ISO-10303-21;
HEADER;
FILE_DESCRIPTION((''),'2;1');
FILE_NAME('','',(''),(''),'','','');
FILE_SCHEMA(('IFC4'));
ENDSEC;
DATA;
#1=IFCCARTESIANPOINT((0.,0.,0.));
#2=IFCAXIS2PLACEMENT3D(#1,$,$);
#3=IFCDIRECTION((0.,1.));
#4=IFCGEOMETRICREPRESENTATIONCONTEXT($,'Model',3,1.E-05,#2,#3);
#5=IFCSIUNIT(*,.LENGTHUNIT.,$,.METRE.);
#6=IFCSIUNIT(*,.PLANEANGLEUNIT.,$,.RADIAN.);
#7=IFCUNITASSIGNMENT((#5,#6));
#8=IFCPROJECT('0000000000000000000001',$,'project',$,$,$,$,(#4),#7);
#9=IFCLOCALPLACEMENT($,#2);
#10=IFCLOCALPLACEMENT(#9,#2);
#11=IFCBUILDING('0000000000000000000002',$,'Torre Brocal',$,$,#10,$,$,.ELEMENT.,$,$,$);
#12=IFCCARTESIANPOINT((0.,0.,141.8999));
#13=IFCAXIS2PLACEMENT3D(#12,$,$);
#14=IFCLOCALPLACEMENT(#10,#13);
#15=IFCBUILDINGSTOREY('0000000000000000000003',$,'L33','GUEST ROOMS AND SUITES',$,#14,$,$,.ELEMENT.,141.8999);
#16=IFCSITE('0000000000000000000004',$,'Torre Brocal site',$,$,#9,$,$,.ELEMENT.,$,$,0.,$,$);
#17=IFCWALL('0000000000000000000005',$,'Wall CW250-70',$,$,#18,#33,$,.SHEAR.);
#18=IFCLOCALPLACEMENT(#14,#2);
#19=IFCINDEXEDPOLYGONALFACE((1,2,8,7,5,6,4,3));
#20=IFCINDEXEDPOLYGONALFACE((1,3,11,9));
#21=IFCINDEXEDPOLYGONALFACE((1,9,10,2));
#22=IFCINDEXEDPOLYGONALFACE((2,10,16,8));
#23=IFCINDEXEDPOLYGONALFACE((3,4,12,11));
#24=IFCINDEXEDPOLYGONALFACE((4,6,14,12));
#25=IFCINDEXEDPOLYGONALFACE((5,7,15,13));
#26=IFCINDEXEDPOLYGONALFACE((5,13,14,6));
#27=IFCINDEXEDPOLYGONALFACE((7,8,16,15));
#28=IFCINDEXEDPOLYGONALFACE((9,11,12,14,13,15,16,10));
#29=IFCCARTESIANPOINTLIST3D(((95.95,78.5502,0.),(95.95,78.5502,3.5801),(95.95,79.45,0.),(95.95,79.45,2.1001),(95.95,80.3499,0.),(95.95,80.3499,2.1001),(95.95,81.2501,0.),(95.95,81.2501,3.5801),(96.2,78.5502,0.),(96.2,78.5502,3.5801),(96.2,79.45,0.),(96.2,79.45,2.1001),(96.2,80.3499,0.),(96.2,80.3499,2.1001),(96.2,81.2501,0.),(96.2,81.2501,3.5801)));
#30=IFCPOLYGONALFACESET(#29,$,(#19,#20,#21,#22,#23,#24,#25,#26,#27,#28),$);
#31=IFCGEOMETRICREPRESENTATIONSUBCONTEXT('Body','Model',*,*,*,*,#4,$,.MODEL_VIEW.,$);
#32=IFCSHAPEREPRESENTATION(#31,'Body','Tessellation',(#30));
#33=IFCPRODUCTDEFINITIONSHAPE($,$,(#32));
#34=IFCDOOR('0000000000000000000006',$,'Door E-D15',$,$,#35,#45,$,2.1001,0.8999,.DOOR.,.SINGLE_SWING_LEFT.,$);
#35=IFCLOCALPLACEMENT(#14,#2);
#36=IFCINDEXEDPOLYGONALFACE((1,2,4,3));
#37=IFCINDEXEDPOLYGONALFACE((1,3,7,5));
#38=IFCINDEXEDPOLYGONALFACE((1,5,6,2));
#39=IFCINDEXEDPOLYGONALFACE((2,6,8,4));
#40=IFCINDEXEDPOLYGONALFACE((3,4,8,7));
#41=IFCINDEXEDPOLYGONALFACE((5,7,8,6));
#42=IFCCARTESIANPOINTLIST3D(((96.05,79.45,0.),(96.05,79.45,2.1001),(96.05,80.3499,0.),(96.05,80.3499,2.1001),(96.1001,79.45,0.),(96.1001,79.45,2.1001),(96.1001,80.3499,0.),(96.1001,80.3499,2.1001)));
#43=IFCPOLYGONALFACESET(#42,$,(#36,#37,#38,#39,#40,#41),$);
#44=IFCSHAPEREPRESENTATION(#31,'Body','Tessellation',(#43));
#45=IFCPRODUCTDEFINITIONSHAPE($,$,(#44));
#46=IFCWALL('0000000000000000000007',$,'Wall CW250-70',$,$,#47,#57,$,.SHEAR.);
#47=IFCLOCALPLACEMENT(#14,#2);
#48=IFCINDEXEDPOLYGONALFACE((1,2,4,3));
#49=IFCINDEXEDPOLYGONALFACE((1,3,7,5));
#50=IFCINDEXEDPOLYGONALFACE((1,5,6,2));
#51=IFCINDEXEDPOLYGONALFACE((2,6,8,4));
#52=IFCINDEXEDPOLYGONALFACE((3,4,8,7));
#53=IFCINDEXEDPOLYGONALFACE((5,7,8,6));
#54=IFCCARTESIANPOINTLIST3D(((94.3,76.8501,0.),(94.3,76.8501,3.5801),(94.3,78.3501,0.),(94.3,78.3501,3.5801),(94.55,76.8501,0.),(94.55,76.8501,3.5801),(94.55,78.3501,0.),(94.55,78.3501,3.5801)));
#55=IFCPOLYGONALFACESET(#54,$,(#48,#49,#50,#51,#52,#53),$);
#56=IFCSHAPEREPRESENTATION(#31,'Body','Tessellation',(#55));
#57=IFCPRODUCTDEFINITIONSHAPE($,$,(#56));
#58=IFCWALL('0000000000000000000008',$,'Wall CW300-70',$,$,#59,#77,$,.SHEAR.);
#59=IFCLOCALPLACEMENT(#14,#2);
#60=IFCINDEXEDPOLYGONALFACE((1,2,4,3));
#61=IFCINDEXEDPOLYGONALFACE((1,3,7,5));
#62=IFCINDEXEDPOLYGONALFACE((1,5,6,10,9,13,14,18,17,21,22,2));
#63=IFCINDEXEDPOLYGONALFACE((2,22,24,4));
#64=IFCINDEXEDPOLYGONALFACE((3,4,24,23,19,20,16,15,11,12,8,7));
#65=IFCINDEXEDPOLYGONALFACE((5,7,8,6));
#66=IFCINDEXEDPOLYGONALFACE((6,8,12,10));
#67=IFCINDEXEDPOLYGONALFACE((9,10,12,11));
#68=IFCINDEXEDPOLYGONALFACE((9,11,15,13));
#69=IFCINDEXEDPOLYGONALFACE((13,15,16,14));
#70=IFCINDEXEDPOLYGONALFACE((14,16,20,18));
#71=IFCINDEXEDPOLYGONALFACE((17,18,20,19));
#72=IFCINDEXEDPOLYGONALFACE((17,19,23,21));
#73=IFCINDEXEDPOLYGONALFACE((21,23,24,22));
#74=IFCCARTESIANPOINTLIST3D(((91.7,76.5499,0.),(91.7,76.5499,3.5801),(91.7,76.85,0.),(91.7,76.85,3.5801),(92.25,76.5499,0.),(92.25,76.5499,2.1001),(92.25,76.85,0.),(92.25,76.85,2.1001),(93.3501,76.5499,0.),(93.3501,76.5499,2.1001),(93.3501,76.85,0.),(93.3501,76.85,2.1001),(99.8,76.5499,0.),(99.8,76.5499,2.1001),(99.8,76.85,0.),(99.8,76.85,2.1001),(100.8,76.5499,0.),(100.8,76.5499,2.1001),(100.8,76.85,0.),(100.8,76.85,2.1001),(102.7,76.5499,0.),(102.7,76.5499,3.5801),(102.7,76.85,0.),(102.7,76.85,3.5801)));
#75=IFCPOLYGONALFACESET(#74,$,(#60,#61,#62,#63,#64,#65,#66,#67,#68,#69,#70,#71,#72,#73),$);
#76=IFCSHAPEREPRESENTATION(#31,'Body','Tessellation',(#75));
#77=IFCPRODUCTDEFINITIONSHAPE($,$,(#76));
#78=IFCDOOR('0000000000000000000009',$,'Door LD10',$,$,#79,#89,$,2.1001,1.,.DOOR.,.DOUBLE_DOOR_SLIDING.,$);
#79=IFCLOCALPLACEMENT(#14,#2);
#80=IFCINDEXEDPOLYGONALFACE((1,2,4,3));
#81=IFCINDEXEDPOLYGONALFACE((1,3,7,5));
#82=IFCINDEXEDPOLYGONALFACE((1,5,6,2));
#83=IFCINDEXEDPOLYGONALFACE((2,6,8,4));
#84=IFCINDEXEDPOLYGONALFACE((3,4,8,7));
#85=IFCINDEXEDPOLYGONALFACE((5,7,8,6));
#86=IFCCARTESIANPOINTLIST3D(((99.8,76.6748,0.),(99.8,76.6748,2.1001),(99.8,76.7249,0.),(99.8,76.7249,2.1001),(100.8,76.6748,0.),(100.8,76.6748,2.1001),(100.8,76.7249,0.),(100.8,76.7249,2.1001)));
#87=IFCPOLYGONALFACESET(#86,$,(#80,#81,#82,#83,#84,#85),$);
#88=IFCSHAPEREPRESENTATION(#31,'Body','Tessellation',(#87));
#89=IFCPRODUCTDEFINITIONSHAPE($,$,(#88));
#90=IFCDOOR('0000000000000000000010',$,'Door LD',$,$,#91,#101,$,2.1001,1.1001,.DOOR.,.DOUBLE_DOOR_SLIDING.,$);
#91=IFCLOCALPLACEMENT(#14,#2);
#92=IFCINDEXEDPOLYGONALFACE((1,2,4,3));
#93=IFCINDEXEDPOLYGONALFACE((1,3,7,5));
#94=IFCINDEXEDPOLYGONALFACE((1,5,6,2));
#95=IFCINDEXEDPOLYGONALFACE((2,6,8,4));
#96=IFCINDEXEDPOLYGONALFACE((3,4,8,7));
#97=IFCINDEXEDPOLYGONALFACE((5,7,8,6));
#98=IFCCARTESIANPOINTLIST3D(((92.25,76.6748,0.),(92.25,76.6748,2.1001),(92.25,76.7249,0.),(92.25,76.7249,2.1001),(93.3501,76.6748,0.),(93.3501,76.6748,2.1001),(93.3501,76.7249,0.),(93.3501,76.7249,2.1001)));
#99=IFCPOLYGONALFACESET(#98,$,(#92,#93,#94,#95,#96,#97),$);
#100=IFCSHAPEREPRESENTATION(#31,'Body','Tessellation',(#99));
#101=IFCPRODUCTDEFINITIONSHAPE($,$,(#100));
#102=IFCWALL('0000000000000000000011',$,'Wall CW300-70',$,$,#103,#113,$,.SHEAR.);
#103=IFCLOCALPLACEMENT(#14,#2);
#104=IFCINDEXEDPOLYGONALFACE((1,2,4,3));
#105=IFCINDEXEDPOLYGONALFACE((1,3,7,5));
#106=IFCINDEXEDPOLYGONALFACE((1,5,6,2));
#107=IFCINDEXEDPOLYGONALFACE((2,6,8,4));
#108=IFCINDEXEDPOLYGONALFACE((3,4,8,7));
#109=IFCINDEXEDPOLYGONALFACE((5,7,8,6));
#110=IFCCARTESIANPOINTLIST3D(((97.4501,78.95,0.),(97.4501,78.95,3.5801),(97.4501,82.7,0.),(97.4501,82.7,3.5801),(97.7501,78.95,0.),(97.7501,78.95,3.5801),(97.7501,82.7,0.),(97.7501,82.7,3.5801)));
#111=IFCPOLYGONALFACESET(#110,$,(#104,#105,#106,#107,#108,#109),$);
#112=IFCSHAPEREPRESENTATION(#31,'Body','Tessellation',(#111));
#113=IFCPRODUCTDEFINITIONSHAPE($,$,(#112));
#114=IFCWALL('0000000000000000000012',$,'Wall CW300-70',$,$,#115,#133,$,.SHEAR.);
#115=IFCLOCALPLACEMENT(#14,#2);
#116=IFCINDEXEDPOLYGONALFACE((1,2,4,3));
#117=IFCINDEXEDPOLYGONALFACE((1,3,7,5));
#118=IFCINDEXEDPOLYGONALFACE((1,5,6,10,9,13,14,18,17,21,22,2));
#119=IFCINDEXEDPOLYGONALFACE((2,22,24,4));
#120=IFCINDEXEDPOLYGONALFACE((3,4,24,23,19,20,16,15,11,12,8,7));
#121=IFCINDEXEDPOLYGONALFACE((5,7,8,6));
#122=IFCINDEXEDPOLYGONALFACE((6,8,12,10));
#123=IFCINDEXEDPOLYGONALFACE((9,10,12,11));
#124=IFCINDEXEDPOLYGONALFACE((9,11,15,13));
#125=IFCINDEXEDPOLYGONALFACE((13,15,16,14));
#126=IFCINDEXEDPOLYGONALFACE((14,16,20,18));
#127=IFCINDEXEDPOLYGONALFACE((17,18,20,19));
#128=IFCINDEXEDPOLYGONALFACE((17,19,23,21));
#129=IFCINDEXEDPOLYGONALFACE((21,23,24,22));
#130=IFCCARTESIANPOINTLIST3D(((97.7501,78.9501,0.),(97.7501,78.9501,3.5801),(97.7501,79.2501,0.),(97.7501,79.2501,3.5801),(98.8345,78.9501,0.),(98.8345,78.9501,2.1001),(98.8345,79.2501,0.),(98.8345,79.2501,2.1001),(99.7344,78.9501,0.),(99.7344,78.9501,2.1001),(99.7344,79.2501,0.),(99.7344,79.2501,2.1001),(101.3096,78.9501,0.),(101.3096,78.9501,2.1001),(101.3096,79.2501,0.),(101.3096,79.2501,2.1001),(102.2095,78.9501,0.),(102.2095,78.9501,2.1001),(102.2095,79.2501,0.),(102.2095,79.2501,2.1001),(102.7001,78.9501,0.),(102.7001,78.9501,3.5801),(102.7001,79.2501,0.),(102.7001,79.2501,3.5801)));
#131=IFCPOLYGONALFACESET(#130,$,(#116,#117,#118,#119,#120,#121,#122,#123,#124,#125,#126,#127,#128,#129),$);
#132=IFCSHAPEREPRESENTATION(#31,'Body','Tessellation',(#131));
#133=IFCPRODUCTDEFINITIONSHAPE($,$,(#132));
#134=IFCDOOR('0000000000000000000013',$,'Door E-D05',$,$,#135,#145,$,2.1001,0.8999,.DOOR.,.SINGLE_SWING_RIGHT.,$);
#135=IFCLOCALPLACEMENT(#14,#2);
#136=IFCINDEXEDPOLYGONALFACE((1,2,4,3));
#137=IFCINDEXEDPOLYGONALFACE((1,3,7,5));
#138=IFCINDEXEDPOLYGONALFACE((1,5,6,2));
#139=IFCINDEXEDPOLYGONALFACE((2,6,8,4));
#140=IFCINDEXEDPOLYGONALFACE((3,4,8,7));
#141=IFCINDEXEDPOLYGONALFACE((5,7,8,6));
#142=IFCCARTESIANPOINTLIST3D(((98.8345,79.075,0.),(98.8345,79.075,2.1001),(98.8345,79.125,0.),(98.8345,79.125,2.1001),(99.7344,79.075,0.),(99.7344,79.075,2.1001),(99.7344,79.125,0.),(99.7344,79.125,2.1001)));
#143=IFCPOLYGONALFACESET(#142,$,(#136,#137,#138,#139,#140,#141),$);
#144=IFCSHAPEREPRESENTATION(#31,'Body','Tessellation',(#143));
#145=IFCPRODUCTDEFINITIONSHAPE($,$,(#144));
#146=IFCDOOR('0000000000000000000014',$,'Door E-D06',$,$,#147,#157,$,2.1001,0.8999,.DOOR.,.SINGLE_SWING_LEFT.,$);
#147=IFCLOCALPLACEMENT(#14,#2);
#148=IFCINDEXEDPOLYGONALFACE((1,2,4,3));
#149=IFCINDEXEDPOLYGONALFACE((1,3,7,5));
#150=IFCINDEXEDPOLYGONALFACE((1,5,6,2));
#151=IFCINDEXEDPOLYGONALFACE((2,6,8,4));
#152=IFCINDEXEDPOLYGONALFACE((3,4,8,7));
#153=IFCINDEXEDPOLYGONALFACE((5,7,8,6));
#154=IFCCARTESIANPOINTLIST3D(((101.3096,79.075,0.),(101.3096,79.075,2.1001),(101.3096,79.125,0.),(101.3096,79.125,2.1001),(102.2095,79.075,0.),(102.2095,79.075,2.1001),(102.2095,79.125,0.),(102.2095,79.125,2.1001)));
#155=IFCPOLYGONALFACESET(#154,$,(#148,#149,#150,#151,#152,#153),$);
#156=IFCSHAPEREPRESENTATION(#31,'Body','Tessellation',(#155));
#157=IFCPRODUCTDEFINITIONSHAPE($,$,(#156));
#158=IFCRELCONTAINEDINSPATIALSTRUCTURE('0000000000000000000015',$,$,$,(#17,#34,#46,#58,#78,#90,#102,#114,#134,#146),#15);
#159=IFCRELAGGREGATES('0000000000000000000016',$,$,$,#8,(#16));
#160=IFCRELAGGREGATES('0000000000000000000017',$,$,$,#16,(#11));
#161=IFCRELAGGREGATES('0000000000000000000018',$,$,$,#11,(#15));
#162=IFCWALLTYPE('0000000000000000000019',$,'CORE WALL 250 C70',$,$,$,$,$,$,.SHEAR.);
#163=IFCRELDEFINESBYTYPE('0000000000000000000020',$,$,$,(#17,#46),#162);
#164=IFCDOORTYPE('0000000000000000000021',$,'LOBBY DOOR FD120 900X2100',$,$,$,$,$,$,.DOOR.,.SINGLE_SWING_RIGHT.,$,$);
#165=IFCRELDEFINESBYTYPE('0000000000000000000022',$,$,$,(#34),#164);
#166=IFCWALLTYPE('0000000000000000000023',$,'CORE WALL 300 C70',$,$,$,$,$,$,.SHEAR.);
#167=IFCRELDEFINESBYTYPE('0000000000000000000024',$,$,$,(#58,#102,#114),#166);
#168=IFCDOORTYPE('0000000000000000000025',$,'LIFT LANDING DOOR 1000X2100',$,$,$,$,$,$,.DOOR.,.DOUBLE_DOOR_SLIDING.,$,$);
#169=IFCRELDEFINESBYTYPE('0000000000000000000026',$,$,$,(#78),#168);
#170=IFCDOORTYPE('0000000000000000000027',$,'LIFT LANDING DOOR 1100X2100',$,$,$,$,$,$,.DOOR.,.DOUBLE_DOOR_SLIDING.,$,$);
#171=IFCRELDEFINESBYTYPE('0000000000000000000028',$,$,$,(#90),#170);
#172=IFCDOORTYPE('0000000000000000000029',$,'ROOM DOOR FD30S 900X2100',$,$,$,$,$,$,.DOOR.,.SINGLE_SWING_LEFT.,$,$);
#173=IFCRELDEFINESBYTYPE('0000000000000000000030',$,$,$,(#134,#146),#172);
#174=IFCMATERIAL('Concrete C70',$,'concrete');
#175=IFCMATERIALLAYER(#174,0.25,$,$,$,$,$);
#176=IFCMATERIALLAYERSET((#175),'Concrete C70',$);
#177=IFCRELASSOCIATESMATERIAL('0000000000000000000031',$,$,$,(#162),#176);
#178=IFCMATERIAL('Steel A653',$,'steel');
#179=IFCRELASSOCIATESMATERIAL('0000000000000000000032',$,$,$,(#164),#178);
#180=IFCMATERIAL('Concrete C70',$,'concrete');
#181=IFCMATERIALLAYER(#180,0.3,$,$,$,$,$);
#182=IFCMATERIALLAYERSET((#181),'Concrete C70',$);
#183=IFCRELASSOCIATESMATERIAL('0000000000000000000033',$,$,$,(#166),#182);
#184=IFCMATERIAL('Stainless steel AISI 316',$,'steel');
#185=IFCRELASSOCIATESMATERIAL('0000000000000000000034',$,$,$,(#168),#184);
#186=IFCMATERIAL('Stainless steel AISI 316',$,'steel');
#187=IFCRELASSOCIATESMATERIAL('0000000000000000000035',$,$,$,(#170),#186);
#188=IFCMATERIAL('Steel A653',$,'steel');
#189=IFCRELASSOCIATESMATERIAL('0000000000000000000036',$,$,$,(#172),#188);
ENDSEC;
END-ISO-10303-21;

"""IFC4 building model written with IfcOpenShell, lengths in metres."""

from ifc_helpers import new_model, si_unit, direction, frame, frame_2d, origin, place, context, subcontext, project, spatial, rectangle, extrude, material, layer, layer_set, type_object, element, fill, save


model = new_model("IFC4")

# Units and contexts
model_context = context("Model", 3, precision=1e-05, world=origin(), true_north=direction((0.0, 1.0)))
body_context = subcontext(model_context, "Body", "Model", "MODEL_VIEW")
ifc_project = project(units=[si_unit("LENGTHUNIT", "METRE"), si_unit("PLANEANGLEUNIT", "RADIAN")], contexts=[model_context])

# Site, building, storey
site_placement = place(None, origin())
site = spatial("IfcSite", under=ifc_project, at=site_placement, Name="Torre Brocal site", CompositionType="ELEMENT", RefElevation=0.0)
building_placement = place(site_placement, origin())
building = spatial("IfcBuilding", under=site, at=building_placement, Name="Torre Brocal", CompositionType="ELEMENT")
storey_placement = place(building_placement, frame((0.0, 0.0, 141.8999)))
storey = spatial("IfcBuildingStorey", under=building, at=storey_placement, Name="L33", Description="GUEST ROOMS AND SUITES", CompositionType="ELEMENT", Elevation=141.8999)

# Wall, opening, door
ifc_material_1 = material(Name="Concrete C70", Category="concrete")
ifc_layer_1 = layer(ifc_material_1, 0.25)
ifc_layer_set_1 = layer_set([ifc_layer_1], Name="Concrete C70")
wall_type_1 = type_object("IfcWallType", Name="CORE WALL 250 C70", PredefinedType="SHEAR", material=ifc_layer_set_1)
wall_1_placement = place(storey_placement, frame((96.075, 78.55, 0.0), z_axis=(0.0, 0.0, 1.0), x_axis=(0.0, 1.0, 0.0)))
wall_1 = element("IfcWall", 1, at=wall_1_placement, inside=storey, type_object=wall_type_1, Name="Wall CW250-70", PredefinedType="SHEAR", context=body_context, shape_type="SweptSolid", body=[
    extrude(rectangle(XDim=2.7, YDim=0.25, at=frame_2d((1.3501, 0.0))), origin(), (0.0, 0.0, 1.0), 3.5801),
])
opening_1_placement = place(wall_1_placement, frame((0.8999, 0.0, 0.0)))
opening_1 = element("IfcOpeningElement", 2, at=opening_1_placement, cuts=wall_1, PredefinedType="OPENING", context=body_context, shape_type="SweptSolid", body=[
    extrude(rectangle(XDim=0.8999, YDim=2.1001, at=frame_2d((0.45, 1.05))), frame((0.0, 0.135, 0.0), z_axis=(0.0, -1.0, 0.0), x_axis=(1.0, 0.0, 0.0)), (0.0, 0.0, 1.0), 0.27),
])
ifc_material_2 = material(Name="Steel A653", Category="steel")
door_type_1 = type_object("IfcDoorType", Name="LOBBY DOOR FD120 900X2100", OperationType="SINGLE_SWING_RIGHT", PredefinedType="DOOR", material=ifc_material_2)
door_1_placement = place(opening_1_placement, origin())
door_1 = element("IfcDoor", 3, at=door_1_placement, inside=storey, type_object=door_type_1, Name="Door E-D15", OperationType="SINGLE_SWING_LEFT", OverallHeight=2.1001, OverallWidth=0.8999, PredefinedType="DOOR", context=body_context, shape_type="SweptSolid", body=[
    extrude(rectangle(XDim=0.8999, YDim=2.1001, at=frame_2d((0.45, 1.05))), frame((0.0, 0.0249, 0.0), z_axis=(0.0, -1.0, 0.0), x_axis=(1.0, 0.0, 0.0)), (0.0, 0.0, 1.0), 0.05),
])
fill(opening_1, door_1)

# Wall
wall_2_placement = place(storey_placement, frame((94.425, 76.8501, 0.0), z_axis=(0.0, 0.0, 1.0), x_axis=(0.0, 1.0, 0.0)))
element("IfcWall", 4, at=wall_2_placement, inside=storey, type_object=wall_type_1, Name="Wall CW250-70", PredefinedType="SHEAR", context=body_context, shape_type="SweptSolid", body=[
    extrude(rectangle(XDim=1.5, YDim=0.25, at=frame_2d((0.75, 0.0))), origin(), (0.0, 0.0, 1.0), 3.5801),
])

# Wall, openings, doors
ifc_material_3 = material(Name="Concrete C70", Category="concrete")
ifc_layer_2 = layer(ifc_material_3, 0.3)
ifc_layer_set_2 = layer_set([ifc_layer_2], Name="Concrete C70")
wall_type_2 = type_object("IfcWallType", Name="CORE WALL 300 C70", PredefinedType="SHEAR", material=ifc_layer_set_2)
wall_3_placement = place(storey_placement, frame((91.7, 76.7, 0.0), z_axis=(0.0, 0.0, 1.0), x_axis=(1.0, 0.0, 0.0)))
wall_3 = element("IfcWall", 5, at=wall_3_placement, inside=storey, type_object=wall_type_2, Name="Wall CW300-70", PredefinedType="SHEAR", context=body_context, shape_type="SweptSolid", body=[
    extrude(rectangle(XDim=11.0, YDim=0.3, at=frame_2d((5.5, 0.0))), origin(), (0.0, 0.0, 1.0), 3.5801),
])
opening_2_placement = place(wall_3_placement, frame((0.55, 0.0, 0.0)))
opening_2 = element("IfcOpeningElement", 6, at=opening_2_placement, cuts=wall_3, PredefinedType="OPENING", context=body_context, shape_type="SweptSolid", body=[
    extrude(rectangle(XDim=1.1001, YDim=2.1001, at=frame_2d((0.55, 1.05))), frame((0.0, 0.1599, 0.0), z_axis=(0.0, -1.0, 0.0), x_axis=(1.0, 0.0, 0.0)), (0.0, 0.0, 1.0), 0.3201),
])
opening_3_placement = place(wall_3_placement, frame((8.1001, 0.0, 0.0)))
opening_3 = element("IfcOpeningElement", 7, at=opening_3_placement, cuts=wall_3, PredefinedType="OPENING", context=body_context, shape_type="SweptSolid", body=[
    extrude(rectangle(XDim=1.0, YDim=2.1001, at=frame_2d((0.5, 1.05))), frame((0.0, 0.1599, 0.0), z_axis=(0.0, -1.0, 0.0), x_axis=(1.0, 0.0, 0.0)), (0.0, 0.0, 1.0), 0.3201),
])
ifc_material_4 = material(Name="Stainless steel AISI 316", Category="steel")
door_type_2 = type_object("IfcDoorType", Name="LIFT LANDING DOOR 1000X2100", OperationType="DOUBLE_DOOR_SLIDING", PredefinedType="DOOR", material=ifc_material_4)
door_2_placement = place(opening_3_placement, origin())
door_2 = element("IfcDoor", 8, at=door_2_placement, inside=storey, type_object=door_type_2, Name="Door LD10", OperationType="DOUBLE_DOOR_SLIDING", OverallHeight=2.1001, OverallWidth=1.0, PredefinedType="DOOR", context=body_context, shape_type="SweptSolid", body=[
    extrude(rectangle(XDim=1.0, YDim=2.1001, at=frame_2d((0.5, 1.05))), frame((0.0, 0.0249, 0.0), z_axis=(0.0, -1.0, 0.0), x_axis=(1.0, 0.0, 0.0)), (0.0, 0.0, 1.0), 0.05),
])
fill(opening_3, door_2)
ifc_material_5 = material(Name="Stainless steel AISI 316", Category="steel")
door_type_3 = type_object("IfcDoorType", Name="LIFT LANDING DOOR 1100X2100", OperationType="DOUBLE_DOOR_SLIDING", PredefinedType="DOOR", material=ifc_material_5)
door_3_placement = place(opening_2_placement, origin())
door_3 = element("IfcDoor", 9, at=door_3_placement, inside=storey, type_object=door_type_3, Name="Door LD", OperationType="DOUBLE_DOOR_SLIDING", OverallHeight=2.1001, OverallWidth=1.1001, PredefinedType="DOOR", context=body_context, shape_type="SweptSolid", body=[
    extrude(rectangle(XDim=1.1001, YDim=2.1001, at=frame_2d((0.55, 1.05))), frame((0.0, 0.0249, 0.0), z_axis=(0.0, -1.0, 0.0), x_axis=(1.0, 0.0, 0.0)), (0.0, 0.0, 1.0), 0.05),
])
fill(opening_2, door_3)

# Wall
wall_4_placement = place(storey_placement, frame((97.6001, 78.95, 0.0), z_axis=(0.0, 0.0, 1.0), x_axis=(0.0, 1.0, 0.0)))
element("IfcWall", 10, at=wall_4_placement, inside=storey, type_object=wall_type_2, Name="Wall CW300-70", PredefinedType="SHEAR", context=body_context, shape_type="SweptSolid", body=[
    extrude(rectangle(XDim=3.75, YDim=0.3, at=frame_2d((1.875, 0.0))), origin(), (0.0, 0.0, 1.0), 3.5801),
])

# Wall, openings, doors
wall_5_placement = place(storey_placement, frame((97.75, 79.1001, 0.0), z_axis=(0.0, 0.0, 1.0), x_axis=(1.0, 0.0, 0.0)))
wall_5 = element("IfcWall", 11, at=wall_5_placement, inside=storey, type_object=wall_type_2, Name="Wall CW300-70", PredefinedType="SHEAR", context=body_context, shape_type="SweptSolid", body=[
    extrude(rectangle(XDim=4.95, YDim=0.3, at=frame_2d((2.4751, 0.0))), origin(), (0.0, 0.0, 1.0), 3.5801),
])
opening_4_placement = place(wall_5_placement, frame((1.0845, 0.0, 0.0)))
opening_4 = element("IfcOpeningElement", 12, at=opening_4_placement, cuts=wall_5, PredefinedType="OPENING", context=body_context, shape_type="SweptSolid", body=[
    extrude(rectangle(XDim=0.8999, YDim=2.1001, at=frame_2d((0.45, 1.05))), frame((0.0, 0.1599, 0.0), z_axis=(0.0, -1.0, 0.0), x_axis=(1.0, 0.0, 0.0)), (0.0, 0.0, 1.0), 0.3201),
])
opening_5_placement = place(wall_5_placement, frame((3.5596, 0.0, 0.0)))
opening_5 = element("IfcOpeningElement", 13, at=opening_5_placement, cuts=wall_5, PredefinedType="OPENING", context=body_context, shape_type="SweptSolid", body=[
    extrude(rectangle(XDim=0.8999, YDim=2.1001, at=frame_2d((0.45, 1.05))), frame((0.0, 0.1599, 0.0), z_axis=(0.0, -1.0, 0.0), x_axis=(1.0, 0.0, 0.0)), (0.0, 0.0, 1.0), 0.3201),
])
ifc_material_6 = material(Name="Steel A653", Category="steel")
door_type_4 = type_object("IfcDoorType", Name="ROOM DOOR FD30S 900X2100", OperationType="SINGLE_SWING_LEFT", PredefinedType="DOOR", material=ifc_material_6)
door_4_placement = place(opening_4_placement, origin())
door_4 = element("IfcDoor", 14, at=door_4_placement, inside=storey, type_object=door_type_4, Name="Door E-D05", OperationType="SINGLE_SWING_RIGHT", OverallHeight=2.1001, OverallWidth=0.8999, PredefinedType="DOOR", context=body_context, shape_type="SweptSolid", body=[
    extrude(rectangle(XDim=0.8999, YDim=2.1001, at=frame_2d((0.45, 1.05))), frame((0.0, 0.0249, 0.0), z_axis=(0.0, -1.0, 0.0), x_axis=(1.0, 0.0, 0.0)), (0.0, 0.0, 1.0), 0.05),
])
fill(opening_4, door_4)
door_5_placement = place(opening_5_placement, origin())
door_5 = element("IfcDoor", 15, at=door_5_placement, inside=storey, type_object=door_type_4, Name="Door E-D06", OperationType="SINGLE_SWING_LEFT", OverallHeight=2.1001, OverallWidth=0.8999, PredefinedType="DOOR", context=body_context, shape_type="SweptSolid", body=[
    extrude(rectangle(XDim=0.8999, YDim=2.1001, at=frame_2d((0.45, 1.05))), frame((0.0, 0.0249, 0.0), z_axis=(0.0, -1.0, 0.0), x_axis=(1.0, 0.0, 0.0)), (0.0, 0.0, 1.0), 0.05),
])
fill(opening_5, door_5)

save(model, "model.ifc")
